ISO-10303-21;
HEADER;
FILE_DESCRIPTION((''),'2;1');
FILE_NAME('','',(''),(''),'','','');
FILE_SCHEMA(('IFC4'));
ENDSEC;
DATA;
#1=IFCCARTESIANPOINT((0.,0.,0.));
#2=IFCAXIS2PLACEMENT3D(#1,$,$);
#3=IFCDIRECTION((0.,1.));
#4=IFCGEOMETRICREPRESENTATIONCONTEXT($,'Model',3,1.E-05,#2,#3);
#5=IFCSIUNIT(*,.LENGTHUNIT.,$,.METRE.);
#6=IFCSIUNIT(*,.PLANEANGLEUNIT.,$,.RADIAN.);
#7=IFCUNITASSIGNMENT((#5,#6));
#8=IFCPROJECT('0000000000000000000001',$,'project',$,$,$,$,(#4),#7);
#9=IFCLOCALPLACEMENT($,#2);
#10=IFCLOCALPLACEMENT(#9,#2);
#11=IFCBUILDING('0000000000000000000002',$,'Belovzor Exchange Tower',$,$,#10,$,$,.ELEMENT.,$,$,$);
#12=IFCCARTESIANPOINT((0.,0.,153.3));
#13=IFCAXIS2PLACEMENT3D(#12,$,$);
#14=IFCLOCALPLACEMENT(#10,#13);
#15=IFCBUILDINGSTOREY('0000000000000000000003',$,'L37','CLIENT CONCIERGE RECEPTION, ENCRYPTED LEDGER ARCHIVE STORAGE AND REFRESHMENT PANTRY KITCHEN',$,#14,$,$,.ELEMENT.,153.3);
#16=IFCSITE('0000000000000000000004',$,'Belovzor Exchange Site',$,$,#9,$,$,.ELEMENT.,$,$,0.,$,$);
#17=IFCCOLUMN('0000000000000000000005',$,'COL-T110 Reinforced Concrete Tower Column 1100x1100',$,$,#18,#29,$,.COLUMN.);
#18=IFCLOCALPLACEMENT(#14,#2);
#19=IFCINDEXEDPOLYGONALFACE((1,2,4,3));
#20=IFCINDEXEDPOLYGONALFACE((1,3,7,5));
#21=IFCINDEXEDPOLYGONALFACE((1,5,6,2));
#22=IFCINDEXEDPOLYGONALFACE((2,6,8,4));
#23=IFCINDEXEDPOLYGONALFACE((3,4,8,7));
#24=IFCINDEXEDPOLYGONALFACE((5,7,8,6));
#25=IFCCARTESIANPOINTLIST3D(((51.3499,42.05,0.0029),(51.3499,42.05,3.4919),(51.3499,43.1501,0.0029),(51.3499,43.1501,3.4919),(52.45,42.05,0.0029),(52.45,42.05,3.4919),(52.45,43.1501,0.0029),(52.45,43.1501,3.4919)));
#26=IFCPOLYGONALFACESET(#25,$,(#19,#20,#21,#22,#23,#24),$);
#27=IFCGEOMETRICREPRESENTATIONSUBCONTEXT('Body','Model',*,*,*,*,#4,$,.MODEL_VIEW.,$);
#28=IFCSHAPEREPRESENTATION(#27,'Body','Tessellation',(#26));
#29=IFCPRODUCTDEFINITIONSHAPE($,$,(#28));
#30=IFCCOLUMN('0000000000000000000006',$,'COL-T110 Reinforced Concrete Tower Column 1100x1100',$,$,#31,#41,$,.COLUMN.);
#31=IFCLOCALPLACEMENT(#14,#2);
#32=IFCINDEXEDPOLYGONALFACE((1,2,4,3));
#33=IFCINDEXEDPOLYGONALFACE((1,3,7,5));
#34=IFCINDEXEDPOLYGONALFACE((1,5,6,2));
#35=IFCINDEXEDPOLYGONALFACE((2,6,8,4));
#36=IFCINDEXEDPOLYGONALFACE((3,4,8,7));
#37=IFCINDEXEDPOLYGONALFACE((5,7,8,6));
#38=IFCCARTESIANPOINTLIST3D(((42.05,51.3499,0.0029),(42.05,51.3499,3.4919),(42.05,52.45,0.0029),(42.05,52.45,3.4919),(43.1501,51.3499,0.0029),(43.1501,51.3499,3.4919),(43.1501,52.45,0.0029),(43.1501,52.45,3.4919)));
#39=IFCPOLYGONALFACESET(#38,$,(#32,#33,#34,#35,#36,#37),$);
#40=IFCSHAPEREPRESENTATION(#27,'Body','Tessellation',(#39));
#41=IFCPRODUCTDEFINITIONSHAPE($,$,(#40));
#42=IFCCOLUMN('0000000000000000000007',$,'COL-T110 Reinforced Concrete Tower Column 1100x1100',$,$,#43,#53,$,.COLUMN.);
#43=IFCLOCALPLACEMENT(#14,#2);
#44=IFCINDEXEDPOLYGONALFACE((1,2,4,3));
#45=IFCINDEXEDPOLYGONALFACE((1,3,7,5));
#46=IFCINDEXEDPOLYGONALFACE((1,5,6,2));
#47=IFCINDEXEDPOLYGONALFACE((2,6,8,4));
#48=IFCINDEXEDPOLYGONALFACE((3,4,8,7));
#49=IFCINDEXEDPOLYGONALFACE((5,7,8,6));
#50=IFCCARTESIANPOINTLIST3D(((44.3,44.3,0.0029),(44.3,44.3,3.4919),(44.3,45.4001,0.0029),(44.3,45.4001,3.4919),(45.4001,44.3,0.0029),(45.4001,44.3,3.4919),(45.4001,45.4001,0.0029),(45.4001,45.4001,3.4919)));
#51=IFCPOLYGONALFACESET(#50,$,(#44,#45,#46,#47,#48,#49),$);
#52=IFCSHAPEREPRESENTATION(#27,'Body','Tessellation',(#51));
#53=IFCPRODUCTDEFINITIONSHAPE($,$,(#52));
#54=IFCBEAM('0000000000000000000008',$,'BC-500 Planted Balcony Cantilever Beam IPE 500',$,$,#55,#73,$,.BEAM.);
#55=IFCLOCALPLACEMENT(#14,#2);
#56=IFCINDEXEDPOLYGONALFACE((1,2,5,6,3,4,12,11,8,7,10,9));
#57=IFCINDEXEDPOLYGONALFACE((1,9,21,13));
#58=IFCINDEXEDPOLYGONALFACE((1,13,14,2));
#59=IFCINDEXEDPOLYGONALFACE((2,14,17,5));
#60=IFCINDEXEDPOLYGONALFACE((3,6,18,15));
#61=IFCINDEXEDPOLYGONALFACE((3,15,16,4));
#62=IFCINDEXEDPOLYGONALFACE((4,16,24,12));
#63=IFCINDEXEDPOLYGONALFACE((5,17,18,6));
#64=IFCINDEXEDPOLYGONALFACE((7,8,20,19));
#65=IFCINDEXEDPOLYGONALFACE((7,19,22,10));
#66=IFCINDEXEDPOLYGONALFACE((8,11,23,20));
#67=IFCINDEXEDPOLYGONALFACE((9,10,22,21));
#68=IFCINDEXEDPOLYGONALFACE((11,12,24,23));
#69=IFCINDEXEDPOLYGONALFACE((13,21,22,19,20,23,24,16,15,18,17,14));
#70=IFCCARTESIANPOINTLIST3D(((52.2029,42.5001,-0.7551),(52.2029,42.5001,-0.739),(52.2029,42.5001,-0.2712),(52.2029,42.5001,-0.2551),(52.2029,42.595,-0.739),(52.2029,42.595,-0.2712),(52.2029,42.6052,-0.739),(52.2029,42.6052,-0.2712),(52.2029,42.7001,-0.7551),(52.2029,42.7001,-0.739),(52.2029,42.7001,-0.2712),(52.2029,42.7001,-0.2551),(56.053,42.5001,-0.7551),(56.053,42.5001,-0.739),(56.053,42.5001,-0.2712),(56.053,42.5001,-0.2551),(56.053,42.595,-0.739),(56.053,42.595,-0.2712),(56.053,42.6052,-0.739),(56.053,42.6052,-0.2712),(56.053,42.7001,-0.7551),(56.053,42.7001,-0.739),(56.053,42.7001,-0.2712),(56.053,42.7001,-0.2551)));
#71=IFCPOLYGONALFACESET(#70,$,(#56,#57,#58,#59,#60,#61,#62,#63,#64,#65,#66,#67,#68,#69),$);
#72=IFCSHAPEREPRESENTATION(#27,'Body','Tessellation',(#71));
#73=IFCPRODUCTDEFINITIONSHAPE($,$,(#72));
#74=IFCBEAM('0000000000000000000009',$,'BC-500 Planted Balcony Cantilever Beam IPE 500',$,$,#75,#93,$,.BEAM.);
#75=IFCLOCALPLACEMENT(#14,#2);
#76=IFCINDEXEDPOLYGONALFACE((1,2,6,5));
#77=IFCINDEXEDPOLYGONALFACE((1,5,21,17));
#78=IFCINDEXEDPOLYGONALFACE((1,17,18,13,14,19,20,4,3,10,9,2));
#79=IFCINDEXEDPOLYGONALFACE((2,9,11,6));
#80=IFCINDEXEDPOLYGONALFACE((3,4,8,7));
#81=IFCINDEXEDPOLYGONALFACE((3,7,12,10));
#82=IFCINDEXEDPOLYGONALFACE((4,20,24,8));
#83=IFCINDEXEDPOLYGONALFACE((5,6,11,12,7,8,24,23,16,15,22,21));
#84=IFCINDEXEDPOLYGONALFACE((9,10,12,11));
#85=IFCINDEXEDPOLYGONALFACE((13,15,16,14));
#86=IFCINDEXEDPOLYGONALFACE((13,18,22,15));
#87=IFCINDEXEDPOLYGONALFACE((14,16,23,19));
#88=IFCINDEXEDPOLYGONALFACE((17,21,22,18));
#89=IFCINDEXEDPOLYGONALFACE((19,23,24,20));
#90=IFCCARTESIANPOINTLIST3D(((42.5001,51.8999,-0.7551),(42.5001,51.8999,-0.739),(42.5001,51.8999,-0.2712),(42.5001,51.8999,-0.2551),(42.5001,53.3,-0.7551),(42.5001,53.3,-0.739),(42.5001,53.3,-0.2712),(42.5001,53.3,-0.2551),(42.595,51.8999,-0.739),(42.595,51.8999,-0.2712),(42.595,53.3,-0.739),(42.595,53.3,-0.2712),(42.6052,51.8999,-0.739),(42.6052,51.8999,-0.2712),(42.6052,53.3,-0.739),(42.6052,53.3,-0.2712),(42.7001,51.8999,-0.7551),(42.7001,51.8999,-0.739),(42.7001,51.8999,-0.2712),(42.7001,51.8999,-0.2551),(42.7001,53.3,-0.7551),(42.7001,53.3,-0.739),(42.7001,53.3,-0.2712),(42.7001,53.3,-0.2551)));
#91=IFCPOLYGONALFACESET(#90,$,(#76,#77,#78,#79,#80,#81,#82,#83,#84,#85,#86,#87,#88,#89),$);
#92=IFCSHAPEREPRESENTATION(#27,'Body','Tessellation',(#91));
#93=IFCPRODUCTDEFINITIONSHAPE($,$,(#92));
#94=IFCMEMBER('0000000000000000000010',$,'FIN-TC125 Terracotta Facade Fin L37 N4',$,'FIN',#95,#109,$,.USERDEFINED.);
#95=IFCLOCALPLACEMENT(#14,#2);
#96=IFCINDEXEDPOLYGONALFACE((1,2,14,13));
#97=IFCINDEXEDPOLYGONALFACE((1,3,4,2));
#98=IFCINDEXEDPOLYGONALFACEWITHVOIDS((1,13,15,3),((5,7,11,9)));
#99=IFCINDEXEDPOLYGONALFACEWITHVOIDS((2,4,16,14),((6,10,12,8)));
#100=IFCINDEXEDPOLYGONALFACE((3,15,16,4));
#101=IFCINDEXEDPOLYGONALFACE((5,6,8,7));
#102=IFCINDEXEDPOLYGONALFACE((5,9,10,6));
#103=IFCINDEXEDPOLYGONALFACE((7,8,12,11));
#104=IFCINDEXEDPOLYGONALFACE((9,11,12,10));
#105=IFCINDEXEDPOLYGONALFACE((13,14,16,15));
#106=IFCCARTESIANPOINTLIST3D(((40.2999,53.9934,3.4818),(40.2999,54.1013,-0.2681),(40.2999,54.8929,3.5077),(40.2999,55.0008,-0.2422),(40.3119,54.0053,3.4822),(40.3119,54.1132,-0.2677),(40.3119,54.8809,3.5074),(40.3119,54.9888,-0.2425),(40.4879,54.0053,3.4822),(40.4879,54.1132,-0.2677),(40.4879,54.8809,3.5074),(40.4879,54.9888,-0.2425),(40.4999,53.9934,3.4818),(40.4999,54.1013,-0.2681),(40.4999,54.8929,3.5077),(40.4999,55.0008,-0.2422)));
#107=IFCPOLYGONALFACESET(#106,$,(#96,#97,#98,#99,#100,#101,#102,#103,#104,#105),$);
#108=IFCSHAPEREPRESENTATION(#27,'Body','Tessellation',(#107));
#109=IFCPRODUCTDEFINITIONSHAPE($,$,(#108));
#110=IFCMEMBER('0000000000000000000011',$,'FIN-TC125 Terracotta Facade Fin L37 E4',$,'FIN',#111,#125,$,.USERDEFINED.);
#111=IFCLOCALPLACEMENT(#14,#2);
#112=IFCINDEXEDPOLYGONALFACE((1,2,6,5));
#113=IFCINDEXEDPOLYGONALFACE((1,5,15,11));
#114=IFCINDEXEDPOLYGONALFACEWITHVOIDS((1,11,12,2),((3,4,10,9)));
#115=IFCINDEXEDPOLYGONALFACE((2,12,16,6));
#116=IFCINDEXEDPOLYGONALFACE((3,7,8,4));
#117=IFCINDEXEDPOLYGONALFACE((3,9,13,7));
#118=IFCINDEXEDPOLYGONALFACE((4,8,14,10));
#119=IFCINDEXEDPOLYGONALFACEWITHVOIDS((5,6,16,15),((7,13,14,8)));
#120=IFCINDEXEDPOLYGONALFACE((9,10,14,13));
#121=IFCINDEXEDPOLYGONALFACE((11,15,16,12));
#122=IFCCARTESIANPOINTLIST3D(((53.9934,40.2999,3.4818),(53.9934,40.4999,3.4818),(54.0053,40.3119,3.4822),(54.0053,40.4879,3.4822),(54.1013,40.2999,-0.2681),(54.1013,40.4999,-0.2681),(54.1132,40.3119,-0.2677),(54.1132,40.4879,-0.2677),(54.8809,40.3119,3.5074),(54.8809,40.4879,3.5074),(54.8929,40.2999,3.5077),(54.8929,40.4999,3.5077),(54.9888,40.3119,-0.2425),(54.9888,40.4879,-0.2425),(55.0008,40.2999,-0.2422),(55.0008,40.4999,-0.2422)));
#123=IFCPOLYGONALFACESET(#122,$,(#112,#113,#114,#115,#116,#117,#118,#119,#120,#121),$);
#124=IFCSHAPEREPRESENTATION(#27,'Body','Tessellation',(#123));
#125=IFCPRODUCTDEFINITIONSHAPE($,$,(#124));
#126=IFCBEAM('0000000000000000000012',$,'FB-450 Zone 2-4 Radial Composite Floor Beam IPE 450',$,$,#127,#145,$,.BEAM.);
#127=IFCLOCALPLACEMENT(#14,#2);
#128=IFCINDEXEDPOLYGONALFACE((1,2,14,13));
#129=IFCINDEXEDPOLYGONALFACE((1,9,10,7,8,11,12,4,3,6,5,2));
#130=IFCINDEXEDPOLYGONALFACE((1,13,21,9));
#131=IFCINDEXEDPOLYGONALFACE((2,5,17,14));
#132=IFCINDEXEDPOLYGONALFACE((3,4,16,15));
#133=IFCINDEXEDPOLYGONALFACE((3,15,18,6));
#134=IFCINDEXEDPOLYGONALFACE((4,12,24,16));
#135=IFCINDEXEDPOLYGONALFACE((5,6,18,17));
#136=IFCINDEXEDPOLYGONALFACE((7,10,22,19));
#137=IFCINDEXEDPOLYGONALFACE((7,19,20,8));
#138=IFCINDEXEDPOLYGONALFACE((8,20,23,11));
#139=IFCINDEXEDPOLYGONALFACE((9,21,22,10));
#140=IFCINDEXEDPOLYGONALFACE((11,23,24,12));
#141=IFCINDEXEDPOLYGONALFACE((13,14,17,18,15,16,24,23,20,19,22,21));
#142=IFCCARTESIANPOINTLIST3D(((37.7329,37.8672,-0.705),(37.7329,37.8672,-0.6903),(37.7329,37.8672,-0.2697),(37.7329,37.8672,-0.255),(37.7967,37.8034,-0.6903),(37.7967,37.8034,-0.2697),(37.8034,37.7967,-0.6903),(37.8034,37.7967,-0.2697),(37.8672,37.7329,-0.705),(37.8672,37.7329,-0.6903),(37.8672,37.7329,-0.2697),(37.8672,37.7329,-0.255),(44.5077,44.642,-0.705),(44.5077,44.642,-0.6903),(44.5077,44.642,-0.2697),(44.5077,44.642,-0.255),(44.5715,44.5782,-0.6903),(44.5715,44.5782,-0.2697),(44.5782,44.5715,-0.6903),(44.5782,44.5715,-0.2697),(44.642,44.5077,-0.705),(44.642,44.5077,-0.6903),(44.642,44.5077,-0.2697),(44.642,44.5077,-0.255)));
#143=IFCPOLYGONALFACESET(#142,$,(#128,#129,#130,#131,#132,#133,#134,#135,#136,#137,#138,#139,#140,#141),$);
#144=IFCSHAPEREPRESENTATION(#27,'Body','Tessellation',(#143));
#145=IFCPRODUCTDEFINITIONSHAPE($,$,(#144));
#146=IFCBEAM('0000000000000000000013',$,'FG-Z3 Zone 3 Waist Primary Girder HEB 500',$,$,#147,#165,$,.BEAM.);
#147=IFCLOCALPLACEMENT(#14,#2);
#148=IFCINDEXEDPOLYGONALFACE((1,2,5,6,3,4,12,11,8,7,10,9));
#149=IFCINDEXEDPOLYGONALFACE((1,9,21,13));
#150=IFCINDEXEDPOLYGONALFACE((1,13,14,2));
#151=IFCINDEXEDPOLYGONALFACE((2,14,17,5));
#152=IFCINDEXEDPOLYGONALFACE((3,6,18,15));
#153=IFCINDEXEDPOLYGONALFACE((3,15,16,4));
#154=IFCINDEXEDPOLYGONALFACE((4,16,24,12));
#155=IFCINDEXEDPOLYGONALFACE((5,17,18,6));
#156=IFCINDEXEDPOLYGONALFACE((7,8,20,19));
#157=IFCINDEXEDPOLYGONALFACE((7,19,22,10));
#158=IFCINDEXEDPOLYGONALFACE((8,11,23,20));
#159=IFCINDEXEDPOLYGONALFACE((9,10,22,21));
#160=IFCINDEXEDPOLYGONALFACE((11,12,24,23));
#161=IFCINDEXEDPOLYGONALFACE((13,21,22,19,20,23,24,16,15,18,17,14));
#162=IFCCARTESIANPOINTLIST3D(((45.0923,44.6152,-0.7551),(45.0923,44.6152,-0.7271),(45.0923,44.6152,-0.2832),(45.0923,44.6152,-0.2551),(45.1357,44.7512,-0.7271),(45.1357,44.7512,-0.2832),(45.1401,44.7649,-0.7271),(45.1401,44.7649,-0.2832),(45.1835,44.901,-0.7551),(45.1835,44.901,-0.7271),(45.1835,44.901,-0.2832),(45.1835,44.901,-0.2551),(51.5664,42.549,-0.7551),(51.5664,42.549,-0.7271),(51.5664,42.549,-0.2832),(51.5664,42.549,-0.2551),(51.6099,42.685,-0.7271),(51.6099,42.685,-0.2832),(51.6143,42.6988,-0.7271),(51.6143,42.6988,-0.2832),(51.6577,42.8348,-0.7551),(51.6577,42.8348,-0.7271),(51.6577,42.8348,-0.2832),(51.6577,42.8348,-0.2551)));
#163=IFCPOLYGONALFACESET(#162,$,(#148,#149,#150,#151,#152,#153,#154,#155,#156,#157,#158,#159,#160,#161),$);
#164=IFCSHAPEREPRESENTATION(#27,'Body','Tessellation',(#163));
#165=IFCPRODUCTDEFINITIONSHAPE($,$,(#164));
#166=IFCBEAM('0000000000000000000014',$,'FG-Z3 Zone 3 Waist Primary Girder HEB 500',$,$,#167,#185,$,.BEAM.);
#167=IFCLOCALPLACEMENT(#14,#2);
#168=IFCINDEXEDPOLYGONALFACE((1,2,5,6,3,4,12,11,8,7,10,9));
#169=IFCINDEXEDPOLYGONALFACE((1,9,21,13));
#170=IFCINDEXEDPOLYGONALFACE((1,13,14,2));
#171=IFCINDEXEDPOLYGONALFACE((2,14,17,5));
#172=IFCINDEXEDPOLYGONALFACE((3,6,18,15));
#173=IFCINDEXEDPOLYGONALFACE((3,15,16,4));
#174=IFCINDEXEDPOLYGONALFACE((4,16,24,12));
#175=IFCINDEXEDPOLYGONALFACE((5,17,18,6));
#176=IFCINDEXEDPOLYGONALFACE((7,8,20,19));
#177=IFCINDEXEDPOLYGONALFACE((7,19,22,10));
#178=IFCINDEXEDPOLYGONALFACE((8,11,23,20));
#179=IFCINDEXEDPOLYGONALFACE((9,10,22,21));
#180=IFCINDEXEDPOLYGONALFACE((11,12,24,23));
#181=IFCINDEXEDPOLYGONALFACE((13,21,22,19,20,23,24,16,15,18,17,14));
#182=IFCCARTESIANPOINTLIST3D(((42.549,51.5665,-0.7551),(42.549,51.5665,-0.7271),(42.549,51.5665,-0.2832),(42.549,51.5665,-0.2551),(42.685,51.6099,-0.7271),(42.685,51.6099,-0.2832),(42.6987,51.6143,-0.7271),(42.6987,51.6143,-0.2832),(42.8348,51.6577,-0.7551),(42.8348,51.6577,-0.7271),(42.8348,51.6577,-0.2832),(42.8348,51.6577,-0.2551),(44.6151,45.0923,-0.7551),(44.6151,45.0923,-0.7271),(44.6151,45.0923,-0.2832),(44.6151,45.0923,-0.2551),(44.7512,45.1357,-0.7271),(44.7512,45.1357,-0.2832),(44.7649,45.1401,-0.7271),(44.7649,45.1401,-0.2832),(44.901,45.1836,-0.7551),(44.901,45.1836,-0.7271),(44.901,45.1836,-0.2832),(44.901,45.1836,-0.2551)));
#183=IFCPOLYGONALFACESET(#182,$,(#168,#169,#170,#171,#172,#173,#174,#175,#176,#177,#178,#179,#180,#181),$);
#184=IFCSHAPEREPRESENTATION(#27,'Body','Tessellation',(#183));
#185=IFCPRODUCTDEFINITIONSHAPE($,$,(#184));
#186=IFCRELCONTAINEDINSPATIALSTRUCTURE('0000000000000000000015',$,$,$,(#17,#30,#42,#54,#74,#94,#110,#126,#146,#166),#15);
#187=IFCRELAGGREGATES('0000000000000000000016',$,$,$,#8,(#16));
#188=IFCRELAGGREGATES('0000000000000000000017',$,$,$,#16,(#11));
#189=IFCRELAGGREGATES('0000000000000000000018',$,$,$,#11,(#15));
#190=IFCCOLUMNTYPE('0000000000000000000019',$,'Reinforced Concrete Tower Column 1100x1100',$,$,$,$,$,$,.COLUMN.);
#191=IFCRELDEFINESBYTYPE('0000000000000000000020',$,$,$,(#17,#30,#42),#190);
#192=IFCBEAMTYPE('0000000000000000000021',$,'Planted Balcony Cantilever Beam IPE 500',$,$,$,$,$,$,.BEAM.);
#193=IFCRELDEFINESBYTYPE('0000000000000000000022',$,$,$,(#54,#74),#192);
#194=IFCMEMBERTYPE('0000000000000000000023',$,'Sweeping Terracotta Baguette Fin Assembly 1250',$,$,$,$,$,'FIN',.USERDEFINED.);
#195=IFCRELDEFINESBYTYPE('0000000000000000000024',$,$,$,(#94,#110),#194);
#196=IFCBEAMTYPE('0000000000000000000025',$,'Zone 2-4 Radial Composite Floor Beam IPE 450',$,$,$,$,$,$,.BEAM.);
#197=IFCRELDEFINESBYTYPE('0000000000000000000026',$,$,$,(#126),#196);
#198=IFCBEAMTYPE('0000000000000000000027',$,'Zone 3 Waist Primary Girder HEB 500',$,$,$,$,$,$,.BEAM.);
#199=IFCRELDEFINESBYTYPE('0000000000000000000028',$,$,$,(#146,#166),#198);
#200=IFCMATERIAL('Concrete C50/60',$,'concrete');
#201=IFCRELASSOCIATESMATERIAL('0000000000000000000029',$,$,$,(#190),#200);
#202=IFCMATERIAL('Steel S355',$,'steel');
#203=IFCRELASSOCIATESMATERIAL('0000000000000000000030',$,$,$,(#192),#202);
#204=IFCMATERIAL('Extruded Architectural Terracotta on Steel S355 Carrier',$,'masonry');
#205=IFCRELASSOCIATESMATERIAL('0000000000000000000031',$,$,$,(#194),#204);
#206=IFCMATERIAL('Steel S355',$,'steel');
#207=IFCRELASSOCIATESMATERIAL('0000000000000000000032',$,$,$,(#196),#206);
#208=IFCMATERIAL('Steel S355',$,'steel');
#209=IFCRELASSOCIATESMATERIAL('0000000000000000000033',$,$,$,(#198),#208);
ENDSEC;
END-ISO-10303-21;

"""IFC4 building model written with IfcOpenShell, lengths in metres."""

from ifc_helpers import new_model, si_unit, direction, frame, origin, origin_2d, place, context, subcontext, project, spatial, rectangle, hollow_rectangle, i_section, extrude, material, material_profile, profile_set, type_object, element, save


model = new_model("IFC4")

# Units and contexts
model_context = context("Model", 3, precision=1e-05, world=origin(), true_north=direction((0.0, 1.0)))
body_context = subcontext(model_context, "Body", "Model", "MODEL_VIEW")
ifc_project = project(units=[si_unit("LENGTHUNIT", "METRE"), si_unit("PLANEANGLEUNIT", "RADIAN")], contexts=[model_context])

# Site, building, storey
site_placement = place(None, origin())
site = spatial("IfcSite", under=ifc_project, at=site_placement, Name="Belovzor Exchange Site", CompositionType="ELEMENT", RefElevation=0.0)
building_placement = place(site_placement, origin())
building = spatial("IfcBuilding", under=site, at=building_placement, Name="Belovzor Exchange Tower", CompositionType="ELEMENT")
storey_placement = place(building_placement, frame((0.0, 0.0, 153.3)))
storey = spatial("IfcBuildingStorey", under=building, at=storey_placement, Name="L37", Description="CLIENT CONCIERGE RECEPTION, ENCRYPTED LEDGER ARCHIVE STORAGE AND REFRESHMENT PANTRY KITCHEN", CompositionType="ELEMENT", Elevation=153.3)

# Columns
ifc_material_1 = material(Name="Concrete C50/60", Category="concrete")
ifc_material_profile_1 = material_profile(ifc_material_1, rectangle(XDim=1.1001, YDim=1.1001, at=origin_2d()))
ifc_profile_set_1 = profile_set([ifc_material_profile_1], Name="Concrete C50/60")
column_type = type_object("IfcColumnType", Name="Reinforced Concrete Tower Column 1100x1100", PredefinedType="COLUMN", material=ifc_profile_set_1)
for number, where, z_axis, x_axis, name in (
    (1, (51.8999, 42.6001, 0.0029), (0.0, 0.0, 1.0), (1.0, 0.0, 0.0), "COL-T110 Reinforced Concrete Tower Column 1100x1100"),
    (2, (42.6001, 51.8999, 0.0029), (0.0, 0.0, 1.0), (1.0, 0.0, 0.0), "COL-T110 Reinforced Concrete Tower Column 1100x1100"),
    (3, (44.8501, 44.8501, 0.0029), (0.0, 0.0, 1.0), (1.0, 0.0, 0.0), "COL-T110 Reinforced Concrete Tower Column 1100x1100"),
):
    element("IfcColumn", number, at=place(storey_placement, frame(where, z_axis=z_axis, x_axis=x_axis)), inside=storey, type_object=column_type, Name=name, PredefinedType="COLUMN", context=body_context, shape_type="SweptSolid", body=[
        extrude(rectangle(XDim=1.1001, YDim=1.1001, at=origin_2d()), origin(), (0.0, 0.0, 1.0), 3.489),
    ])

# Beams
ifc_material_2 = material(Name="Steel S355", Category="steel")
ifc_material_profile_2 = material_profile(ifc_material_2, i_section(OverallWidth=0.2, OverallDepth=0.5, WebThickness=0.0103, FlangeThickness=0.0161, at=origin_2d()))
ifc_profile_set_2 = profile_set([ifc_material_profile_2], Name="Steel S355")
beam_type_1 = type_object("IfcBeamType", Name="Planted Balcony Cantilever Beam IPE 500", PredefinedType="BEAM", material=ifc_profile_set_2)
beam_1_placement = place(storey_placement, frame((52.2029, 42.6001, -0.5051), z_axis=(1.0, 0.0, 0.0), x_axis=(0.0, 1.0, 0.0)))
element("IfcBeam", 4, at=beam_1_placement, inside=storey, type_object=beam_type_1, Name="BC-500 Planted Balcony Cantilever Beam IPE 500", PredefinedType="BEAM", context=body_context, shape_type="SweptSolid", body=[
    extrude(i_section(OverallWidth=0.2, OverallDepth=0.5, WebThickness=0.0103, FlangeThickness=0.0161, at=origin_2d()), origin(), (0.0, 0.0, 1.0), 3.8501),
])
beam_2_placement = place(storey_placement, frame((42.6001, 51.8999, -0.5051), z_axis=(0.0, 1.0, 0.0), x_axis=(-1.0, 0.0, 0.0)))
element("IfcBeam", 5, at=beam_2_placement, inside=storey, type_object=beam_type_1, Name="BC-500 Planted Balcony Cantilever Beam IPE 500", PredefinedType="BEAM", context=body_context, shape_type="SweptSolid", body=[
    extrude(i_section(OverallWidth=0.2, OverallDepth=0.5, WebThickness=0.0103, FlangeThickness=0.0161, at=origin_2d()), origin(), (0.0, 0.0, 1.0), 1.4001),
])

# Members
ifc_material_3 = material(Name="Extruded Architectural Terracotta on Steel S355 Carrier", Category="masonry")
ifc_material_profile_3 = material_profile(ifc_material_3, hollow_rectangle(XDim=0.2, YDim=0.8999, WallThickness=0.012, at=origin_2d()))
ifc_profile_set_3 = profile_set([ifc_material_profile_3], Name="Extruded Architectural Terracotta on Steel S355 Carrier")
member_type = type_object("IfcMemberType", Name="Sweeping Terracotta Baguette Fin Assembly 1250", ElementType="FIN", PredefinedType="USERDEFINED", material=ifc_profile_set_3)
for number, where, z_axis, x_axis, name in (
    (6, (40.3999, 54.551, -0.2551), (0.0, -0.028764, 0.999586), (1.0, 0.0, 0.0), "FIN-TC125 Terracotta Facade Fin L37 N4"),
    (7, (54.551, 40.3999, -0.2551), (-0.028764, 0.0, 0.999586), (0.0, -1.0, 0.0), "FIN-TC125 Terracotta Facade Fin L37 E4"),
):
    element("IfcMember", number, at=place(storey_placement, frame(where, z_axis=z_axis, x_axis=x_axis)), inside=storey, type_object=member_type, Name=name, ObjectType="FIN", PredefinedType="USERDEFINED", context=body_context, shape_type="SweptSolid", body=[
        extrude(hollow_rectangle(XDim=0.2, YDim=0.8999, WallThickness=0.012, at=origin_2d()), origin(), (0.0, 0.0, 1.0), 3.7515),
    ])

# Beams
ifc_material_4 = material(Name="Steel S355", Category="steel")
ifc_material_profile_4 = material_profile(ifc_material_4, i_section(OverallWidth=0.1899, OverallDepth=0.45, WebThickness=0.0095, FlangeThickness=0.0146, at=origin_2d()))
ifc_profile_set_4 = profile_set([ifc_material_profile_4], Name="Steel S355")
beam_type_2 = type_object("IfcBeamType", Name="Zone 2-4 Radial Composite Floor Beam IPE 450", PredefinedType="BEAM", material=ifc_profile_set_4)
beam_3_placement = place(storey_placement, frame((37.8, 37.8, -0.48), z_axis=(0.707107, 0.707107, 0.0), x_axis=(-0.707107, 0.707107, 0.0)))
element("IfcBeam", 8, at=beam_3_placement, inside=storey, type_object=beam_type_2, Name="FB-450 Zone 2-4 Radial Composite Floor Beam IPE 450", PredefinedType="BEAM", context=body_context, shape_type="SweptSolid", body=[
    extrude(i_section(OverallWidth=0.1899, OverallDepth=0.45, WebThickness=0.0095, FlangeThickness=0.0146, at=origin_2d()), origin(), (0.0, 0.0, 1.0), 9.5811),
])
ifc_material_5 = material(Name="Steel S355", Category="steel")
ifc_material_profile_5 = material_profile(ifc_material_5, i_section(OverallWidth=0.3, OverallDepth=0.5, WebThickness=0.0144, FlangeThickness=0.0281, at=origin_2d()))
ifc_profile_set_5 = profile_set([ifc_material_profile_5], Name="Steel S355")
beam_type_3 = type_object("IfcBeamType", Name="Zone 3 Waist Primary Girder HEB 500", PredefinedType="BEAM", material=ifc_profile_set_5)
for number, where, z_axis, x_axis, name in (
    (9, (51.6121, 42.6919, -0.5051), (-0.952661, 0.304034, 0.0), (-0.304034, -0.952661, 0.0), "FG-Z3 Zone 3 Waist Primary Girder HEB 500"),
    (10, (44.7581, 45.1379, -0.5051), (-0.304034, 0.952661, 0.0), (-0.952661, -0.304034, 0.0), "FG-Z3 Zone 3 Waist Primary Girder HEB 500"),
):
    element("IfcBeam", number, at=place(storey_placement, frame(where, z_axis=z_axis, x_axis=x_axis)), inside=storey, type_object=beam_type_3, Name=name, PredefinedType="BEAM", context=body_context, shape_type="SweptSolid", body=[
        extrude(i_section(OverallWidth=0.3, OverallDepth=0.5, WebThickness=0.0144, FlangeThickness=0.0281, at=origin_2d()), origin(), (0.0, 0.0, 1.0), 6.7959),
    ])

save(model, "model.ifc")
